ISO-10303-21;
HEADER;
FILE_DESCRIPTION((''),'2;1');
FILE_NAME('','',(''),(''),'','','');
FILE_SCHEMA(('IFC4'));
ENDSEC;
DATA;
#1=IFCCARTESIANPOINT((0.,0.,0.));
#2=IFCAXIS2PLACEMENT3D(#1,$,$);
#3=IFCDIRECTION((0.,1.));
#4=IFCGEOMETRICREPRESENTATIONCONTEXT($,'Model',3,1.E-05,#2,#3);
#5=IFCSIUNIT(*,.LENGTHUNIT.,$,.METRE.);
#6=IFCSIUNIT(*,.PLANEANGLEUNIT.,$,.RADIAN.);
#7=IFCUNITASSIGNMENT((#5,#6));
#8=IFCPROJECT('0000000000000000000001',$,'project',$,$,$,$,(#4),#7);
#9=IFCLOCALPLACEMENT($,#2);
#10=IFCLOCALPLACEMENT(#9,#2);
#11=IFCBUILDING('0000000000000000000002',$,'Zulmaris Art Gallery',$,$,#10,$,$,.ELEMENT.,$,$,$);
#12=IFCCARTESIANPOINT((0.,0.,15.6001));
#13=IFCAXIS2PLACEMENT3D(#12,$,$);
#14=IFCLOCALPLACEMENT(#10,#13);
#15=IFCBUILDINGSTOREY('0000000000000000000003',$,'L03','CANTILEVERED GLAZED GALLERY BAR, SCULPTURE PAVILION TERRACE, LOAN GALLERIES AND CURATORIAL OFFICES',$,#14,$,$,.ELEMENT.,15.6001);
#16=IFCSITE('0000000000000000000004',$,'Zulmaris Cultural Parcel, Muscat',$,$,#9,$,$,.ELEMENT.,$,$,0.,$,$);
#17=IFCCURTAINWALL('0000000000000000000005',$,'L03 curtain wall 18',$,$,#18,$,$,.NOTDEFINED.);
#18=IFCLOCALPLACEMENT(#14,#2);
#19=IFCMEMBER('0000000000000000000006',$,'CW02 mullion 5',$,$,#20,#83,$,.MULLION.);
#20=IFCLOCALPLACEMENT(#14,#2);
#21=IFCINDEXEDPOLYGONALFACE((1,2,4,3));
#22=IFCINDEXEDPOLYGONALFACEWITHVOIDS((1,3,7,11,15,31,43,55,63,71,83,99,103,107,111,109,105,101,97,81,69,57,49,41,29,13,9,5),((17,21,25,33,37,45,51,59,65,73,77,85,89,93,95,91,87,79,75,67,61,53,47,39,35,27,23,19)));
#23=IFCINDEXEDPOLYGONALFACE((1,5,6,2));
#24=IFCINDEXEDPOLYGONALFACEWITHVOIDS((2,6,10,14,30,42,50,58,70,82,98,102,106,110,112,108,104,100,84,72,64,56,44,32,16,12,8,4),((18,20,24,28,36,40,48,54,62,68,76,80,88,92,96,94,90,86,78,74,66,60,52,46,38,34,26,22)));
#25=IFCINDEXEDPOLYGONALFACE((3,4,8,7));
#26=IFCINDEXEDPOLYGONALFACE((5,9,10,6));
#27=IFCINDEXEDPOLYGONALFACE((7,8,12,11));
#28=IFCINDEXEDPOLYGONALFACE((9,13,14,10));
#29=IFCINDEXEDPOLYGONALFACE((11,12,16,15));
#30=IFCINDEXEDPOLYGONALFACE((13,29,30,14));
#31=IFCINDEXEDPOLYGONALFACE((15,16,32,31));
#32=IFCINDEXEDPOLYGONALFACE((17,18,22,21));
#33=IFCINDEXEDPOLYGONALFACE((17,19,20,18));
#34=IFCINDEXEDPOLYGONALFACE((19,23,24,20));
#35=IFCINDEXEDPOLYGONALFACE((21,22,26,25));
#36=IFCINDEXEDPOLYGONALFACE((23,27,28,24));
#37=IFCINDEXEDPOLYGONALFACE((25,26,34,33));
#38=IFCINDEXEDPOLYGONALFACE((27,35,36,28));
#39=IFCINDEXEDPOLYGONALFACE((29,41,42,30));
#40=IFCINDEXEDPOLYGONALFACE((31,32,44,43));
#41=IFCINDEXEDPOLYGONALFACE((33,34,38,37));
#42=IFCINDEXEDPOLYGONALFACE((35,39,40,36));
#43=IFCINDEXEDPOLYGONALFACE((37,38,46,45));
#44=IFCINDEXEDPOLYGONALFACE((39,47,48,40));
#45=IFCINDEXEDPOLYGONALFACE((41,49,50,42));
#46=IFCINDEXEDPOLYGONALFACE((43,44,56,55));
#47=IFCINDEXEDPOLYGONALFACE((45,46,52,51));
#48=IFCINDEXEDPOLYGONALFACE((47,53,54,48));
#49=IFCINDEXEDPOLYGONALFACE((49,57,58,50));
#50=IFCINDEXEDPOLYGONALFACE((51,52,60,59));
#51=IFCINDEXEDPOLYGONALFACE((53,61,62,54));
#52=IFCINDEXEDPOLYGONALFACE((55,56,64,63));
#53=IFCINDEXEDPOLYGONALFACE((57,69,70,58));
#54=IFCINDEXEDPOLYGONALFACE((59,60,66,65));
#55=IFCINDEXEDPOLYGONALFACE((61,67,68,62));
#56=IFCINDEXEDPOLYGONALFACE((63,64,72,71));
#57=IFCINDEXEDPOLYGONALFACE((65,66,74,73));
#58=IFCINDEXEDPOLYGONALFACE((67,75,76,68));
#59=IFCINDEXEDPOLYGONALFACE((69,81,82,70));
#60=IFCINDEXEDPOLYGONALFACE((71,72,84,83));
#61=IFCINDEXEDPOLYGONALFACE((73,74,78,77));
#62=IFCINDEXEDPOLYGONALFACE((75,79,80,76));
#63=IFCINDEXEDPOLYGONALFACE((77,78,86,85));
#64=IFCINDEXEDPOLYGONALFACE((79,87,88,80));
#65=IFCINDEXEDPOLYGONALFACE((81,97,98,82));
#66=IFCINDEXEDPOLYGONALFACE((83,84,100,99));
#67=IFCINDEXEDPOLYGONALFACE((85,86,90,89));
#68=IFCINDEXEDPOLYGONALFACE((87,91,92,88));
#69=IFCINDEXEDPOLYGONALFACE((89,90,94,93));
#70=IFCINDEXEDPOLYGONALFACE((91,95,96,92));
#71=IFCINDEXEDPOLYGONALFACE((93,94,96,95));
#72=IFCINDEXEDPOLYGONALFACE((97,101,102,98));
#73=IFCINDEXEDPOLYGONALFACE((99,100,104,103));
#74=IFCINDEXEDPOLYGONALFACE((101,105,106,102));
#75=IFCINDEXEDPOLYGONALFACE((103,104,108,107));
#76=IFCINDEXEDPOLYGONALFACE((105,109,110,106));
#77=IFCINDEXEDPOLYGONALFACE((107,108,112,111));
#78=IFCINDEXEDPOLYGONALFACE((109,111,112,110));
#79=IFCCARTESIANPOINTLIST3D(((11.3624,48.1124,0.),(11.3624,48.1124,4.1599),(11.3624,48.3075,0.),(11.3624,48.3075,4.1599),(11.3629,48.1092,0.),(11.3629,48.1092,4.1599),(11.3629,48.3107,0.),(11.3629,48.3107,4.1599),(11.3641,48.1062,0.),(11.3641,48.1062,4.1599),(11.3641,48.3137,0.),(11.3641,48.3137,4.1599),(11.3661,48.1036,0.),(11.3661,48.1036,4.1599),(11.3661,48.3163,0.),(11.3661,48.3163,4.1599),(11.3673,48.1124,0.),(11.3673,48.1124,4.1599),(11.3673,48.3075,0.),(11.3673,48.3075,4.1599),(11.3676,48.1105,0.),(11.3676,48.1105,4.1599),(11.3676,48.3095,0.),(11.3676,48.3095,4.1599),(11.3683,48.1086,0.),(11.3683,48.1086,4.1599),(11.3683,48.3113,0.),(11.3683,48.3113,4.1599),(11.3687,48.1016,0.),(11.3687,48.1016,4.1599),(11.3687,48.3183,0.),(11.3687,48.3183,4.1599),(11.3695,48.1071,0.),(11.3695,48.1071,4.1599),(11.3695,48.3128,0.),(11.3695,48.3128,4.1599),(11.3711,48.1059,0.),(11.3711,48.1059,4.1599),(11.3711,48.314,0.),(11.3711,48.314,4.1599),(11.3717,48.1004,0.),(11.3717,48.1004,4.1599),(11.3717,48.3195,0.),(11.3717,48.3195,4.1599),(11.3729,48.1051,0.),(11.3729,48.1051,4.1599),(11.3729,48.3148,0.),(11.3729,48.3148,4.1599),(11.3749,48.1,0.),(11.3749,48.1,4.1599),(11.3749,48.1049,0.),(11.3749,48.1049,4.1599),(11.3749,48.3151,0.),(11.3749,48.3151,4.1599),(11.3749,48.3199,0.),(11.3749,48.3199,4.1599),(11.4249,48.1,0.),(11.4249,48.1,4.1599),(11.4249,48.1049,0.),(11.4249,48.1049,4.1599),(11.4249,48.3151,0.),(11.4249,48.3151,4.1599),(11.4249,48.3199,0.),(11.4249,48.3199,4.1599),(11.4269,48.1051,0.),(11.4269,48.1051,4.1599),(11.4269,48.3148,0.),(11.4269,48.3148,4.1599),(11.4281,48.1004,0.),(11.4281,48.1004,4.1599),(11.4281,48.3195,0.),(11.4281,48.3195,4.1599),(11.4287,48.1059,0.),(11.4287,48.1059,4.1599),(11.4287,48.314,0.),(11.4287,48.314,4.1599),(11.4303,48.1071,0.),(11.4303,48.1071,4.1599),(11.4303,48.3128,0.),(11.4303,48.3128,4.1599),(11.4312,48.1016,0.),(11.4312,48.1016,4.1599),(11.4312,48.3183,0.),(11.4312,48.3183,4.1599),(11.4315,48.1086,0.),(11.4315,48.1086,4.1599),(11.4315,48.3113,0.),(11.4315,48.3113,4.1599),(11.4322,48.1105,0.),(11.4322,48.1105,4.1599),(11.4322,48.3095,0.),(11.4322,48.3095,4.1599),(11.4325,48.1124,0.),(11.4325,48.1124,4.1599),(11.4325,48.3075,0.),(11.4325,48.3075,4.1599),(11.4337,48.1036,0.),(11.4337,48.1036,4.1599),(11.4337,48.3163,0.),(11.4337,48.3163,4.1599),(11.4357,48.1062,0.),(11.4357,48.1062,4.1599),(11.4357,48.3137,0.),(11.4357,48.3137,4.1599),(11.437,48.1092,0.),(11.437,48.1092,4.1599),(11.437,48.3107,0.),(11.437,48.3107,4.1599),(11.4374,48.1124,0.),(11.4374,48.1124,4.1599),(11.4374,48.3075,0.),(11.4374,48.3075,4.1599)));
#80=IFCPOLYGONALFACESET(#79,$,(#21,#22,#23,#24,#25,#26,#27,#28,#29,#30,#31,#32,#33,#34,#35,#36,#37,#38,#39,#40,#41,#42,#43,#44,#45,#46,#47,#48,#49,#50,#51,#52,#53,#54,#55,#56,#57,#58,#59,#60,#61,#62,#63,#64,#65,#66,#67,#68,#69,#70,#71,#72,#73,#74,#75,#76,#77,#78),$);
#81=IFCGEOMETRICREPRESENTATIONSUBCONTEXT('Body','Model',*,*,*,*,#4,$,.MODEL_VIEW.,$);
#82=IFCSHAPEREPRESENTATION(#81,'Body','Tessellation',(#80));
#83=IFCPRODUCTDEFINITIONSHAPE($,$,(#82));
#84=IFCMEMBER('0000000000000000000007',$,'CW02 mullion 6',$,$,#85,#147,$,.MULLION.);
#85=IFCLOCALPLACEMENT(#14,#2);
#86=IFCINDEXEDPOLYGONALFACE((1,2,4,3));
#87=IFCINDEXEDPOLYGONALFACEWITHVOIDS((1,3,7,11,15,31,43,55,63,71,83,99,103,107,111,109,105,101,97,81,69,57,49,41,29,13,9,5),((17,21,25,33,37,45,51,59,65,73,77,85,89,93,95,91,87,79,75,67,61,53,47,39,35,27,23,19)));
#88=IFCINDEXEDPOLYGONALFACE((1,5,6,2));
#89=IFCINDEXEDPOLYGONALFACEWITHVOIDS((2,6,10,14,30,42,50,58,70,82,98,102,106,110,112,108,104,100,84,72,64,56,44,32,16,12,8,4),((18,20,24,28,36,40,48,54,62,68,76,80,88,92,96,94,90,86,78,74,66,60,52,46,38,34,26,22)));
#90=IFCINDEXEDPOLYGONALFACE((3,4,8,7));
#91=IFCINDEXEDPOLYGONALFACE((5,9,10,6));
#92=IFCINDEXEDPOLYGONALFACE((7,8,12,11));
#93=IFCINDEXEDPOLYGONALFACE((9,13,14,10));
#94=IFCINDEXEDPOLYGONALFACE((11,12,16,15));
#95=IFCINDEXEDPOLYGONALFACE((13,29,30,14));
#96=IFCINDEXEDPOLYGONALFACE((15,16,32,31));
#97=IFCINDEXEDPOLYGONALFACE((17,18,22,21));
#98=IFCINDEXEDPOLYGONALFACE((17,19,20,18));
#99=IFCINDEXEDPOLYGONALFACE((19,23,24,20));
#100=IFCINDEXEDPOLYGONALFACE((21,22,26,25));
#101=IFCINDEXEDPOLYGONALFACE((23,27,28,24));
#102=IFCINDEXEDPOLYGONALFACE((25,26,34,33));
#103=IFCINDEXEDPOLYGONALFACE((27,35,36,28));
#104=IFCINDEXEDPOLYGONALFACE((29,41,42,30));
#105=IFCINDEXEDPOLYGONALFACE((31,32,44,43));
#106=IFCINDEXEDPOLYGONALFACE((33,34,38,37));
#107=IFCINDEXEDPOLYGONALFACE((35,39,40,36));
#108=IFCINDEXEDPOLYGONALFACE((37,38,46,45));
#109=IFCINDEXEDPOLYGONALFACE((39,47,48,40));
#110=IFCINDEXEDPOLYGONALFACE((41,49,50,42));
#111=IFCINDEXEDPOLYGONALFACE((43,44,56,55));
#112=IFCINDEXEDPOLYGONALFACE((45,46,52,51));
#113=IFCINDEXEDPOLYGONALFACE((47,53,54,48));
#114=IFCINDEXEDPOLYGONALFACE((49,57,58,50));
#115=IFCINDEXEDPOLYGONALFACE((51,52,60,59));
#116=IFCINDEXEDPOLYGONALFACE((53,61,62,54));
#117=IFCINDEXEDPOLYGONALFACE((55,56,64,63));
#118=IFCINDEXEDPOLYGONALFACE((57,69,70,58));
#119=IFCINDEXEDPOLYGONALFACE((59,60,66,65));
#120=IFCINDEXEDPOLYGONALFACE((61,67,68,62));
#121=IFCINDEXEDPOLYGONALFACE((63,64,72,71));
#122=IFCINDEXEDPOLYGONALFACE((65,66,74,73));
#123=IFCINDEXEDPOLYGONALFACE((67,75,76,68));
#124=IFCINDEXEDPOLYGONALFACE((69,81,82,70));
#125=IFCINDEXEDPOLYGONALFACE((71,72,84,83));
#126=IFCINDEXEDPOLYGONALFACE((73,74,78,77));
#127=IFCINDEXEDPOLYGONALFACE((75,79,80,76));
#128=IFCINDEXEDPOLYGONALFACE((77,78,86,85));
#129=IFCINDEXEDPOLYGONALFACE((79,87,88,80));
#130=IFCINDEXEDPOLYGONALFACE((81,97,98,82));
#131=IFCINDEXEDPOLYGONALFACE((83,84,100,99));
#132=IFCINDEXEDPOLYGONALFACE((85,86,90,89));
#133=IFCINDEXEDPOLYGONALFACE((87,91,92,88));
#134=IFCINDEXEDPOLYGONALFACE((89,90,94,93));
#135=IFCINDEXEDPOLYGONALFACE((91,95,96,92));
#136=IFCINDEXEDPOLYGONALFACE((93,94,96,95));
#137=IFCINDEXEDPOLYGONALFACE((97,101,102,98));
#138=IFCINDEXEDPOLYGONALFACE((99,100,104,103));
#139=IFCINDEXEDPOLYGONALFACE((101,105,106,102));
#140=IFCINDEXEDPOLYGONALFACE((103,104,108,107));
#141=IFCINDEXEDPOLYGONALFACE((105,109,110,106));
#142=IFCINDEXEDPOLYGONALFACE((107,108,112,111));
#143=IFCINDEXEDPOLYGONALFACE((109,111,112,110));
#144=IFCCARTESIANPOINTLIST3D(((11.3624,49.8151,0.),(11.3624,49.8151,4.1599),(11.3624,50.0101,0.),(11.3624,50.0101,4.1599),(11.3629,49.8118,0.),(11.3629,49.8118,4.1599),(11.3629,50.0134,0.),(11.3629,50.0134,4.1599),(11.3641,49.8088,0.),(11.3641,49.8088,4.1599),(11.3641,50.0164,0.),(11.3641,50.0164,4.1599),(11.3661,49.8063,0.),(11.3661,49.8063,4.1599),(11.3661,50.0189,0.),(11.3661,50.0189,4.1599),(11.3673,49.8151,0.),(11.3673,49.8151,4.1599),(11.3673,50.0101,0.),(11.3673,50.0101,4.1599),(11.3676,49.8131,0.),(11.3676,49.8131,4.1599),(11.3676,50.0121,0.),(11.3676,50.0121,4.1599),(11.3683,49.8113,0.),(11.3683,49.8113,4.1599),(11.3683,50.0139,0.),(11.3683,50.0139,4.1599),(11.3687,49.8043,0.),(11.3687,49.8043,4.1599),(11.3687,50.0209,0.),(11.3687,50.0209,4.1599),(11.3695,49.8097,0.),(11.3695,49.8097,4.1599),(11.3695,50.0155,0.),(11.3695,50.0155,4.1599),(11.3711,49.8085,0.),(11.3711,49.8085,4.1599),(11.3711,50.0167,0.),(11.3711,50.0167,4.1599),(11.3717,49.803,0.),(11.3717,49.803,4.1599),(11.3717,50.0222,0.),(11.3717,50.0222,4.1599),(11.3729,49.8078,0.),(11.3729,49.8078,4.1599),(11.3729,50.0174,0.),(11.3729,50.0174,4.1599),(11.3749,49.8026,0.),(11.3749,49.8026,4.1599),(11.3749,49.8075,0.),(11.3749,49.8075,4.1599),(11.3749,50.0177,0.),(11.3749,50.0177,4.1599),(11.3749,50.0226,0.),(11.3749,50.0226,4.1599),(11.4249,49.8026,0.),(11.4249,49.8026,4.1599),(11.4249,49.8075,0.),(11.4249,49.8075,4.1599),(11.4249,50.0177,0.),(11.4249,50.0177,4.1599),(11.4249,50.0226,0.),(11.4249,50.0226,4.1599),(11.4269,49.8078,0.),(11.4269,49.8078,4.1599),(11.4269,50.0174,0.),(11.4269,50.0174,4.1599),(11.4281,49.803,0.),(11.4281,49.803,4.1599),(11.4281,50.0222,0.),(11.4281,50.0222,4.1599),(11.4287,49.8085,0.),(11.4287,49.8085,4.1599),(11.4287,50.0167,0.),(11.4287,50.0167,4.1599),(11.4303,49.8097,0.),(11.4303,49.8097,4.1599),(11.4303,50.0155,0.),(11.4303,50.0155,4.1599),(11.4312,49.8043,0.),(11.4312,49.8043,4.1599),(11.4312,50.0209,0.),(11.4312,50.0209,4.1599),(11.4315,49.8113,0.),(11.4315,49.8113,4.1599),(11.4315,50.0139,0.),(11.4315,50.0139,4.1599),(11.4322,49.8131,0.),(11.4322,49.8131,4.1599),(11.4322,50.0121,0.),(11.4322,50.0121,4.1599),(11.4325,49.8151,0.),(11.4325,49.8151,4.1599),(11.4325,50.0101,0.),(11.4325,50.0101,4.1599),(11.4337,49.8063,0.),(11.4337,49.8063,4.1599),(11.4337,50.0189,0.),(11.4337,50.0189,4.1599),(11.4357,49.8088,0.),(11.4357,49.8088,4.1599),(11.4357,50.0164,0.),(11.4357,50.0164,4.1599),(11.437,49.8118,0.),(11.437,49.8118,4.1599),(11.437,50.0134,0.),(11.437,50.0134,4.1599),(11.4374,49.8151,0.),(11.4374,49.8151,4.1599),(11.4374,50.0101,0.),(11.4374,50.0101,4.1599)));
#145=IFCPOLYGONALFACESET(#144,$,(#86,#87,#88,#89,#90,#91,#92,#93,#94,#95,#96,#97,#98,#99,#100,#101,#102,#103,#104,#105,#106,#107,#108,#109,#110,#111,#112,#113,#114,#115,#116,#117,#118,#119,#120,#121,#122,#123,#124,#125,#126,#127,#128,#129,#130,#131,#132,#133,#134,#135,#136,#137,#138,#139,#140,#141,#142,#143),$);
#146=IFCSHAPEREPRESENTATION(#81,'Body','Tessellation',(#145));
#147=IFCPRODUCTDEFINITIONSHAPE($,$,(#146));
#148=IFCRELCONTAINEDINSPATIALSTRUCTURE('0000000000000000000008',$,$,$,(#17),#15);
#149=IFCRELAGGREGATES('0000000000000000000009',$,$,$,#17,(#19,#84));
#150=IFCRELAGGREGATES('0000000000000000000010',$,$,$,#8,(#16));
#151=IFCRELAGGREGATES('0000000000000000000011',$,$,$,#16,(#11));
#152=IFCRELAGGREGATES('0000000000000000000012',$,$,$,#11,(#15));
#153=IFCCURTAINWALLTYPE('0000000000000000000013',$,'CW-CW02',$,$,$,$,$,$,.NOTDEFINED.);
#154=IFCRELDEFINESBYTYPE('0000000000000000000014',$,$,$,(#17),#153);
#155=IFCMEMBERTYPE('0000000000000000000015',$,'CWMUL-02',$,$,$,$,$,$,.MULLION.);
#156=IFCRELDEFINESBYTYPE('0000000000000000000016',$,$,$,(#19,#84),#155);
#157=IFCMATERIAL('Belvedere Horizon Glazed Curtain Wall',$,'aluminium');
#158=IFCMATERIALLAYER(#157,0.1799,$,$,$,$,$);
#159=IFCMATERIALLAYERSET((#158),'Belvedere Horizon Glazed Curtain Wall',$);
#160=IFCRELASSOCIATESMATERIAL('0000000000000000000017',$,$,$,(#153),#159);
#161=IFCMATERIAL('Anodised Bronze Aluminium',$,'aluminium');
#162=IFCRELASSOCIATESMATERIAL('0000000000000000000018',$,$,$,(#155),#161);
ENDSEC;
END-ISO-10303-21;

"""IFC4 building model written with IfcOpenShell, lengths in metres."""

from ifc_helpers import new_model, si_unit, direction, frame, origin, origin_2d, place, context, subcontext, project, spatial, hollow_rectangle, extrude, material, layer, layer_set, material_profile, profile_set, type_object, element, aggregate, save


model = new_model("IFC4")

# Units and contexts
model_context = context("Model", 3, precision=1e-05, world=origin(), true_north=direction((0.0, 1.0)))
body_context = subcontext(model_context, "Body", "Model", "MODEL_VIEW")
ifc_project = project(units=[si_unit("LENGTHUNIT", "METRE"), si_unit("PLANEANGLEUNIT", "RADIAN")], contexts=[model_context])

# Site, building, storey
site_placement = place(None, origin())
site = spatial("IfcSite", under=ifc_project, at=site_placement, Name="Zulmaris Cultural Parcel, Muscat", CompositionType="ELEMENT", RefElevation=0.0)
building_placement = place(site_placement, origin())
building = spatial("IfcBuilding", under=site, at=building_placement, Name="Zulmaris Art Gallery", CompositionType="ELEMENT")
storey_placement = place(building_placement, frame((0.0, 0.0, 15.6001)))
storey = spatial("IfcBuildingStorey", under=building, at=storey_placement, Name="L03", Description="CANTILEVERED GLAZED GALLERY BAR, SCULPTURE PAVILION TERRACE, LOAN GALLERIES AND CURATORIAL OFFICES", CompositionType="ELEMENT", Elevation=15.6001)

# Curtain wall, members
ifc_material_1 = material(Name="Belvedere Horizon Glazed Curtain Wall", Category="aluminium")
ifc_layer_1 = layer(ifc_material_1, 0.1799)
ifc_layer_set_1 = layer_set([ifc_layer_1], Name="Belvedere Horizon Glazed Curtain Wall")
curtain_wall_type = type_object("IfcCurtainWallType", Name="CW-CW02", PredefinedType="NOTDEFINED", material=ifc_layer_set_1)
curtain_wall_placement = place(storey_placement, origin())
curtain_wall = element("IfcCurtainWall", 1, at=curtain_wall_placement, inside=storey, type_object=curtain_wall_type, Name="L03 curtain wall 18", PredefinedType="NOTDEFINED")
ifc_material_2 = material(Name="Anodised Bronze Aluminium", Category="aluminium")
ifc_material_profile_1 = material_profile(ifc_material_2, hollow_rectangle(XDim=0.075, YDim=0.22, WallThickness=0.0049, InnerFilletRadius=0.0076, OuterFilletRadius=0.0125, at=origin_2d()), Name="ALU 75x220x5")
ifc_profile_set_1 = profile_set([ifc_material_profile_1], Name="Anodised Bronze Aluminium")
member_type_1 = type_object("IfcMemberType", Name="CWMUL-02", PredefinedType="MULLION", material=ifc_profile_set_1)
member_1_placement = place(storey_placement, frame((11.3999, 48.21, 0.0), z_axis=(0.0, 0.0, 1.0), x_axis=(-1.0, 0.0, 0.0)))
member_1 = element("IfcMember", 2, at=member_1_placement, type_object=member_type_1, Name="CW02 mullion 5", PredefinedType="MULLION", context=body_context, shape_type="SweptSolid", body=[
    extrude(hollow_rectangle(XDim=0.075, YDim=0.22, WallThickness=0.0049, InnerFilletRadius=0.0076, OuterFilletRadius=0.0125, at=origin_2d()), origin(), (0.0, 0.0, 1.0), 4.1599),
])
member_2_placement = place(storey_placement, frame((11.3999, 49.9126, 0.0), z_axis=(0.0, 0.0, 1.0), x_axis=(-1.0, 0.0, 0.0)))
member_2 = element("IfcMember", 3, at=member_2_placement, type_object=member_type_1, Name="CW02 mullion 6", PredefinedType="MULLION", context=body_context, shape_type="SweptSolid", body=[
    extrude(hollow_rectangle(XDim=0.075, YDim=0.22, WallThickness=0.0049, InnerFilletRadius=0.0076, OuterFilletRadius=0.0125, at=origin_2d()), origin(), (0.0, 0.0, 1.0), 4.1599),
])
aggregate(curtain_wall, [member_1, member_2])

save(model, "model.ifc")
